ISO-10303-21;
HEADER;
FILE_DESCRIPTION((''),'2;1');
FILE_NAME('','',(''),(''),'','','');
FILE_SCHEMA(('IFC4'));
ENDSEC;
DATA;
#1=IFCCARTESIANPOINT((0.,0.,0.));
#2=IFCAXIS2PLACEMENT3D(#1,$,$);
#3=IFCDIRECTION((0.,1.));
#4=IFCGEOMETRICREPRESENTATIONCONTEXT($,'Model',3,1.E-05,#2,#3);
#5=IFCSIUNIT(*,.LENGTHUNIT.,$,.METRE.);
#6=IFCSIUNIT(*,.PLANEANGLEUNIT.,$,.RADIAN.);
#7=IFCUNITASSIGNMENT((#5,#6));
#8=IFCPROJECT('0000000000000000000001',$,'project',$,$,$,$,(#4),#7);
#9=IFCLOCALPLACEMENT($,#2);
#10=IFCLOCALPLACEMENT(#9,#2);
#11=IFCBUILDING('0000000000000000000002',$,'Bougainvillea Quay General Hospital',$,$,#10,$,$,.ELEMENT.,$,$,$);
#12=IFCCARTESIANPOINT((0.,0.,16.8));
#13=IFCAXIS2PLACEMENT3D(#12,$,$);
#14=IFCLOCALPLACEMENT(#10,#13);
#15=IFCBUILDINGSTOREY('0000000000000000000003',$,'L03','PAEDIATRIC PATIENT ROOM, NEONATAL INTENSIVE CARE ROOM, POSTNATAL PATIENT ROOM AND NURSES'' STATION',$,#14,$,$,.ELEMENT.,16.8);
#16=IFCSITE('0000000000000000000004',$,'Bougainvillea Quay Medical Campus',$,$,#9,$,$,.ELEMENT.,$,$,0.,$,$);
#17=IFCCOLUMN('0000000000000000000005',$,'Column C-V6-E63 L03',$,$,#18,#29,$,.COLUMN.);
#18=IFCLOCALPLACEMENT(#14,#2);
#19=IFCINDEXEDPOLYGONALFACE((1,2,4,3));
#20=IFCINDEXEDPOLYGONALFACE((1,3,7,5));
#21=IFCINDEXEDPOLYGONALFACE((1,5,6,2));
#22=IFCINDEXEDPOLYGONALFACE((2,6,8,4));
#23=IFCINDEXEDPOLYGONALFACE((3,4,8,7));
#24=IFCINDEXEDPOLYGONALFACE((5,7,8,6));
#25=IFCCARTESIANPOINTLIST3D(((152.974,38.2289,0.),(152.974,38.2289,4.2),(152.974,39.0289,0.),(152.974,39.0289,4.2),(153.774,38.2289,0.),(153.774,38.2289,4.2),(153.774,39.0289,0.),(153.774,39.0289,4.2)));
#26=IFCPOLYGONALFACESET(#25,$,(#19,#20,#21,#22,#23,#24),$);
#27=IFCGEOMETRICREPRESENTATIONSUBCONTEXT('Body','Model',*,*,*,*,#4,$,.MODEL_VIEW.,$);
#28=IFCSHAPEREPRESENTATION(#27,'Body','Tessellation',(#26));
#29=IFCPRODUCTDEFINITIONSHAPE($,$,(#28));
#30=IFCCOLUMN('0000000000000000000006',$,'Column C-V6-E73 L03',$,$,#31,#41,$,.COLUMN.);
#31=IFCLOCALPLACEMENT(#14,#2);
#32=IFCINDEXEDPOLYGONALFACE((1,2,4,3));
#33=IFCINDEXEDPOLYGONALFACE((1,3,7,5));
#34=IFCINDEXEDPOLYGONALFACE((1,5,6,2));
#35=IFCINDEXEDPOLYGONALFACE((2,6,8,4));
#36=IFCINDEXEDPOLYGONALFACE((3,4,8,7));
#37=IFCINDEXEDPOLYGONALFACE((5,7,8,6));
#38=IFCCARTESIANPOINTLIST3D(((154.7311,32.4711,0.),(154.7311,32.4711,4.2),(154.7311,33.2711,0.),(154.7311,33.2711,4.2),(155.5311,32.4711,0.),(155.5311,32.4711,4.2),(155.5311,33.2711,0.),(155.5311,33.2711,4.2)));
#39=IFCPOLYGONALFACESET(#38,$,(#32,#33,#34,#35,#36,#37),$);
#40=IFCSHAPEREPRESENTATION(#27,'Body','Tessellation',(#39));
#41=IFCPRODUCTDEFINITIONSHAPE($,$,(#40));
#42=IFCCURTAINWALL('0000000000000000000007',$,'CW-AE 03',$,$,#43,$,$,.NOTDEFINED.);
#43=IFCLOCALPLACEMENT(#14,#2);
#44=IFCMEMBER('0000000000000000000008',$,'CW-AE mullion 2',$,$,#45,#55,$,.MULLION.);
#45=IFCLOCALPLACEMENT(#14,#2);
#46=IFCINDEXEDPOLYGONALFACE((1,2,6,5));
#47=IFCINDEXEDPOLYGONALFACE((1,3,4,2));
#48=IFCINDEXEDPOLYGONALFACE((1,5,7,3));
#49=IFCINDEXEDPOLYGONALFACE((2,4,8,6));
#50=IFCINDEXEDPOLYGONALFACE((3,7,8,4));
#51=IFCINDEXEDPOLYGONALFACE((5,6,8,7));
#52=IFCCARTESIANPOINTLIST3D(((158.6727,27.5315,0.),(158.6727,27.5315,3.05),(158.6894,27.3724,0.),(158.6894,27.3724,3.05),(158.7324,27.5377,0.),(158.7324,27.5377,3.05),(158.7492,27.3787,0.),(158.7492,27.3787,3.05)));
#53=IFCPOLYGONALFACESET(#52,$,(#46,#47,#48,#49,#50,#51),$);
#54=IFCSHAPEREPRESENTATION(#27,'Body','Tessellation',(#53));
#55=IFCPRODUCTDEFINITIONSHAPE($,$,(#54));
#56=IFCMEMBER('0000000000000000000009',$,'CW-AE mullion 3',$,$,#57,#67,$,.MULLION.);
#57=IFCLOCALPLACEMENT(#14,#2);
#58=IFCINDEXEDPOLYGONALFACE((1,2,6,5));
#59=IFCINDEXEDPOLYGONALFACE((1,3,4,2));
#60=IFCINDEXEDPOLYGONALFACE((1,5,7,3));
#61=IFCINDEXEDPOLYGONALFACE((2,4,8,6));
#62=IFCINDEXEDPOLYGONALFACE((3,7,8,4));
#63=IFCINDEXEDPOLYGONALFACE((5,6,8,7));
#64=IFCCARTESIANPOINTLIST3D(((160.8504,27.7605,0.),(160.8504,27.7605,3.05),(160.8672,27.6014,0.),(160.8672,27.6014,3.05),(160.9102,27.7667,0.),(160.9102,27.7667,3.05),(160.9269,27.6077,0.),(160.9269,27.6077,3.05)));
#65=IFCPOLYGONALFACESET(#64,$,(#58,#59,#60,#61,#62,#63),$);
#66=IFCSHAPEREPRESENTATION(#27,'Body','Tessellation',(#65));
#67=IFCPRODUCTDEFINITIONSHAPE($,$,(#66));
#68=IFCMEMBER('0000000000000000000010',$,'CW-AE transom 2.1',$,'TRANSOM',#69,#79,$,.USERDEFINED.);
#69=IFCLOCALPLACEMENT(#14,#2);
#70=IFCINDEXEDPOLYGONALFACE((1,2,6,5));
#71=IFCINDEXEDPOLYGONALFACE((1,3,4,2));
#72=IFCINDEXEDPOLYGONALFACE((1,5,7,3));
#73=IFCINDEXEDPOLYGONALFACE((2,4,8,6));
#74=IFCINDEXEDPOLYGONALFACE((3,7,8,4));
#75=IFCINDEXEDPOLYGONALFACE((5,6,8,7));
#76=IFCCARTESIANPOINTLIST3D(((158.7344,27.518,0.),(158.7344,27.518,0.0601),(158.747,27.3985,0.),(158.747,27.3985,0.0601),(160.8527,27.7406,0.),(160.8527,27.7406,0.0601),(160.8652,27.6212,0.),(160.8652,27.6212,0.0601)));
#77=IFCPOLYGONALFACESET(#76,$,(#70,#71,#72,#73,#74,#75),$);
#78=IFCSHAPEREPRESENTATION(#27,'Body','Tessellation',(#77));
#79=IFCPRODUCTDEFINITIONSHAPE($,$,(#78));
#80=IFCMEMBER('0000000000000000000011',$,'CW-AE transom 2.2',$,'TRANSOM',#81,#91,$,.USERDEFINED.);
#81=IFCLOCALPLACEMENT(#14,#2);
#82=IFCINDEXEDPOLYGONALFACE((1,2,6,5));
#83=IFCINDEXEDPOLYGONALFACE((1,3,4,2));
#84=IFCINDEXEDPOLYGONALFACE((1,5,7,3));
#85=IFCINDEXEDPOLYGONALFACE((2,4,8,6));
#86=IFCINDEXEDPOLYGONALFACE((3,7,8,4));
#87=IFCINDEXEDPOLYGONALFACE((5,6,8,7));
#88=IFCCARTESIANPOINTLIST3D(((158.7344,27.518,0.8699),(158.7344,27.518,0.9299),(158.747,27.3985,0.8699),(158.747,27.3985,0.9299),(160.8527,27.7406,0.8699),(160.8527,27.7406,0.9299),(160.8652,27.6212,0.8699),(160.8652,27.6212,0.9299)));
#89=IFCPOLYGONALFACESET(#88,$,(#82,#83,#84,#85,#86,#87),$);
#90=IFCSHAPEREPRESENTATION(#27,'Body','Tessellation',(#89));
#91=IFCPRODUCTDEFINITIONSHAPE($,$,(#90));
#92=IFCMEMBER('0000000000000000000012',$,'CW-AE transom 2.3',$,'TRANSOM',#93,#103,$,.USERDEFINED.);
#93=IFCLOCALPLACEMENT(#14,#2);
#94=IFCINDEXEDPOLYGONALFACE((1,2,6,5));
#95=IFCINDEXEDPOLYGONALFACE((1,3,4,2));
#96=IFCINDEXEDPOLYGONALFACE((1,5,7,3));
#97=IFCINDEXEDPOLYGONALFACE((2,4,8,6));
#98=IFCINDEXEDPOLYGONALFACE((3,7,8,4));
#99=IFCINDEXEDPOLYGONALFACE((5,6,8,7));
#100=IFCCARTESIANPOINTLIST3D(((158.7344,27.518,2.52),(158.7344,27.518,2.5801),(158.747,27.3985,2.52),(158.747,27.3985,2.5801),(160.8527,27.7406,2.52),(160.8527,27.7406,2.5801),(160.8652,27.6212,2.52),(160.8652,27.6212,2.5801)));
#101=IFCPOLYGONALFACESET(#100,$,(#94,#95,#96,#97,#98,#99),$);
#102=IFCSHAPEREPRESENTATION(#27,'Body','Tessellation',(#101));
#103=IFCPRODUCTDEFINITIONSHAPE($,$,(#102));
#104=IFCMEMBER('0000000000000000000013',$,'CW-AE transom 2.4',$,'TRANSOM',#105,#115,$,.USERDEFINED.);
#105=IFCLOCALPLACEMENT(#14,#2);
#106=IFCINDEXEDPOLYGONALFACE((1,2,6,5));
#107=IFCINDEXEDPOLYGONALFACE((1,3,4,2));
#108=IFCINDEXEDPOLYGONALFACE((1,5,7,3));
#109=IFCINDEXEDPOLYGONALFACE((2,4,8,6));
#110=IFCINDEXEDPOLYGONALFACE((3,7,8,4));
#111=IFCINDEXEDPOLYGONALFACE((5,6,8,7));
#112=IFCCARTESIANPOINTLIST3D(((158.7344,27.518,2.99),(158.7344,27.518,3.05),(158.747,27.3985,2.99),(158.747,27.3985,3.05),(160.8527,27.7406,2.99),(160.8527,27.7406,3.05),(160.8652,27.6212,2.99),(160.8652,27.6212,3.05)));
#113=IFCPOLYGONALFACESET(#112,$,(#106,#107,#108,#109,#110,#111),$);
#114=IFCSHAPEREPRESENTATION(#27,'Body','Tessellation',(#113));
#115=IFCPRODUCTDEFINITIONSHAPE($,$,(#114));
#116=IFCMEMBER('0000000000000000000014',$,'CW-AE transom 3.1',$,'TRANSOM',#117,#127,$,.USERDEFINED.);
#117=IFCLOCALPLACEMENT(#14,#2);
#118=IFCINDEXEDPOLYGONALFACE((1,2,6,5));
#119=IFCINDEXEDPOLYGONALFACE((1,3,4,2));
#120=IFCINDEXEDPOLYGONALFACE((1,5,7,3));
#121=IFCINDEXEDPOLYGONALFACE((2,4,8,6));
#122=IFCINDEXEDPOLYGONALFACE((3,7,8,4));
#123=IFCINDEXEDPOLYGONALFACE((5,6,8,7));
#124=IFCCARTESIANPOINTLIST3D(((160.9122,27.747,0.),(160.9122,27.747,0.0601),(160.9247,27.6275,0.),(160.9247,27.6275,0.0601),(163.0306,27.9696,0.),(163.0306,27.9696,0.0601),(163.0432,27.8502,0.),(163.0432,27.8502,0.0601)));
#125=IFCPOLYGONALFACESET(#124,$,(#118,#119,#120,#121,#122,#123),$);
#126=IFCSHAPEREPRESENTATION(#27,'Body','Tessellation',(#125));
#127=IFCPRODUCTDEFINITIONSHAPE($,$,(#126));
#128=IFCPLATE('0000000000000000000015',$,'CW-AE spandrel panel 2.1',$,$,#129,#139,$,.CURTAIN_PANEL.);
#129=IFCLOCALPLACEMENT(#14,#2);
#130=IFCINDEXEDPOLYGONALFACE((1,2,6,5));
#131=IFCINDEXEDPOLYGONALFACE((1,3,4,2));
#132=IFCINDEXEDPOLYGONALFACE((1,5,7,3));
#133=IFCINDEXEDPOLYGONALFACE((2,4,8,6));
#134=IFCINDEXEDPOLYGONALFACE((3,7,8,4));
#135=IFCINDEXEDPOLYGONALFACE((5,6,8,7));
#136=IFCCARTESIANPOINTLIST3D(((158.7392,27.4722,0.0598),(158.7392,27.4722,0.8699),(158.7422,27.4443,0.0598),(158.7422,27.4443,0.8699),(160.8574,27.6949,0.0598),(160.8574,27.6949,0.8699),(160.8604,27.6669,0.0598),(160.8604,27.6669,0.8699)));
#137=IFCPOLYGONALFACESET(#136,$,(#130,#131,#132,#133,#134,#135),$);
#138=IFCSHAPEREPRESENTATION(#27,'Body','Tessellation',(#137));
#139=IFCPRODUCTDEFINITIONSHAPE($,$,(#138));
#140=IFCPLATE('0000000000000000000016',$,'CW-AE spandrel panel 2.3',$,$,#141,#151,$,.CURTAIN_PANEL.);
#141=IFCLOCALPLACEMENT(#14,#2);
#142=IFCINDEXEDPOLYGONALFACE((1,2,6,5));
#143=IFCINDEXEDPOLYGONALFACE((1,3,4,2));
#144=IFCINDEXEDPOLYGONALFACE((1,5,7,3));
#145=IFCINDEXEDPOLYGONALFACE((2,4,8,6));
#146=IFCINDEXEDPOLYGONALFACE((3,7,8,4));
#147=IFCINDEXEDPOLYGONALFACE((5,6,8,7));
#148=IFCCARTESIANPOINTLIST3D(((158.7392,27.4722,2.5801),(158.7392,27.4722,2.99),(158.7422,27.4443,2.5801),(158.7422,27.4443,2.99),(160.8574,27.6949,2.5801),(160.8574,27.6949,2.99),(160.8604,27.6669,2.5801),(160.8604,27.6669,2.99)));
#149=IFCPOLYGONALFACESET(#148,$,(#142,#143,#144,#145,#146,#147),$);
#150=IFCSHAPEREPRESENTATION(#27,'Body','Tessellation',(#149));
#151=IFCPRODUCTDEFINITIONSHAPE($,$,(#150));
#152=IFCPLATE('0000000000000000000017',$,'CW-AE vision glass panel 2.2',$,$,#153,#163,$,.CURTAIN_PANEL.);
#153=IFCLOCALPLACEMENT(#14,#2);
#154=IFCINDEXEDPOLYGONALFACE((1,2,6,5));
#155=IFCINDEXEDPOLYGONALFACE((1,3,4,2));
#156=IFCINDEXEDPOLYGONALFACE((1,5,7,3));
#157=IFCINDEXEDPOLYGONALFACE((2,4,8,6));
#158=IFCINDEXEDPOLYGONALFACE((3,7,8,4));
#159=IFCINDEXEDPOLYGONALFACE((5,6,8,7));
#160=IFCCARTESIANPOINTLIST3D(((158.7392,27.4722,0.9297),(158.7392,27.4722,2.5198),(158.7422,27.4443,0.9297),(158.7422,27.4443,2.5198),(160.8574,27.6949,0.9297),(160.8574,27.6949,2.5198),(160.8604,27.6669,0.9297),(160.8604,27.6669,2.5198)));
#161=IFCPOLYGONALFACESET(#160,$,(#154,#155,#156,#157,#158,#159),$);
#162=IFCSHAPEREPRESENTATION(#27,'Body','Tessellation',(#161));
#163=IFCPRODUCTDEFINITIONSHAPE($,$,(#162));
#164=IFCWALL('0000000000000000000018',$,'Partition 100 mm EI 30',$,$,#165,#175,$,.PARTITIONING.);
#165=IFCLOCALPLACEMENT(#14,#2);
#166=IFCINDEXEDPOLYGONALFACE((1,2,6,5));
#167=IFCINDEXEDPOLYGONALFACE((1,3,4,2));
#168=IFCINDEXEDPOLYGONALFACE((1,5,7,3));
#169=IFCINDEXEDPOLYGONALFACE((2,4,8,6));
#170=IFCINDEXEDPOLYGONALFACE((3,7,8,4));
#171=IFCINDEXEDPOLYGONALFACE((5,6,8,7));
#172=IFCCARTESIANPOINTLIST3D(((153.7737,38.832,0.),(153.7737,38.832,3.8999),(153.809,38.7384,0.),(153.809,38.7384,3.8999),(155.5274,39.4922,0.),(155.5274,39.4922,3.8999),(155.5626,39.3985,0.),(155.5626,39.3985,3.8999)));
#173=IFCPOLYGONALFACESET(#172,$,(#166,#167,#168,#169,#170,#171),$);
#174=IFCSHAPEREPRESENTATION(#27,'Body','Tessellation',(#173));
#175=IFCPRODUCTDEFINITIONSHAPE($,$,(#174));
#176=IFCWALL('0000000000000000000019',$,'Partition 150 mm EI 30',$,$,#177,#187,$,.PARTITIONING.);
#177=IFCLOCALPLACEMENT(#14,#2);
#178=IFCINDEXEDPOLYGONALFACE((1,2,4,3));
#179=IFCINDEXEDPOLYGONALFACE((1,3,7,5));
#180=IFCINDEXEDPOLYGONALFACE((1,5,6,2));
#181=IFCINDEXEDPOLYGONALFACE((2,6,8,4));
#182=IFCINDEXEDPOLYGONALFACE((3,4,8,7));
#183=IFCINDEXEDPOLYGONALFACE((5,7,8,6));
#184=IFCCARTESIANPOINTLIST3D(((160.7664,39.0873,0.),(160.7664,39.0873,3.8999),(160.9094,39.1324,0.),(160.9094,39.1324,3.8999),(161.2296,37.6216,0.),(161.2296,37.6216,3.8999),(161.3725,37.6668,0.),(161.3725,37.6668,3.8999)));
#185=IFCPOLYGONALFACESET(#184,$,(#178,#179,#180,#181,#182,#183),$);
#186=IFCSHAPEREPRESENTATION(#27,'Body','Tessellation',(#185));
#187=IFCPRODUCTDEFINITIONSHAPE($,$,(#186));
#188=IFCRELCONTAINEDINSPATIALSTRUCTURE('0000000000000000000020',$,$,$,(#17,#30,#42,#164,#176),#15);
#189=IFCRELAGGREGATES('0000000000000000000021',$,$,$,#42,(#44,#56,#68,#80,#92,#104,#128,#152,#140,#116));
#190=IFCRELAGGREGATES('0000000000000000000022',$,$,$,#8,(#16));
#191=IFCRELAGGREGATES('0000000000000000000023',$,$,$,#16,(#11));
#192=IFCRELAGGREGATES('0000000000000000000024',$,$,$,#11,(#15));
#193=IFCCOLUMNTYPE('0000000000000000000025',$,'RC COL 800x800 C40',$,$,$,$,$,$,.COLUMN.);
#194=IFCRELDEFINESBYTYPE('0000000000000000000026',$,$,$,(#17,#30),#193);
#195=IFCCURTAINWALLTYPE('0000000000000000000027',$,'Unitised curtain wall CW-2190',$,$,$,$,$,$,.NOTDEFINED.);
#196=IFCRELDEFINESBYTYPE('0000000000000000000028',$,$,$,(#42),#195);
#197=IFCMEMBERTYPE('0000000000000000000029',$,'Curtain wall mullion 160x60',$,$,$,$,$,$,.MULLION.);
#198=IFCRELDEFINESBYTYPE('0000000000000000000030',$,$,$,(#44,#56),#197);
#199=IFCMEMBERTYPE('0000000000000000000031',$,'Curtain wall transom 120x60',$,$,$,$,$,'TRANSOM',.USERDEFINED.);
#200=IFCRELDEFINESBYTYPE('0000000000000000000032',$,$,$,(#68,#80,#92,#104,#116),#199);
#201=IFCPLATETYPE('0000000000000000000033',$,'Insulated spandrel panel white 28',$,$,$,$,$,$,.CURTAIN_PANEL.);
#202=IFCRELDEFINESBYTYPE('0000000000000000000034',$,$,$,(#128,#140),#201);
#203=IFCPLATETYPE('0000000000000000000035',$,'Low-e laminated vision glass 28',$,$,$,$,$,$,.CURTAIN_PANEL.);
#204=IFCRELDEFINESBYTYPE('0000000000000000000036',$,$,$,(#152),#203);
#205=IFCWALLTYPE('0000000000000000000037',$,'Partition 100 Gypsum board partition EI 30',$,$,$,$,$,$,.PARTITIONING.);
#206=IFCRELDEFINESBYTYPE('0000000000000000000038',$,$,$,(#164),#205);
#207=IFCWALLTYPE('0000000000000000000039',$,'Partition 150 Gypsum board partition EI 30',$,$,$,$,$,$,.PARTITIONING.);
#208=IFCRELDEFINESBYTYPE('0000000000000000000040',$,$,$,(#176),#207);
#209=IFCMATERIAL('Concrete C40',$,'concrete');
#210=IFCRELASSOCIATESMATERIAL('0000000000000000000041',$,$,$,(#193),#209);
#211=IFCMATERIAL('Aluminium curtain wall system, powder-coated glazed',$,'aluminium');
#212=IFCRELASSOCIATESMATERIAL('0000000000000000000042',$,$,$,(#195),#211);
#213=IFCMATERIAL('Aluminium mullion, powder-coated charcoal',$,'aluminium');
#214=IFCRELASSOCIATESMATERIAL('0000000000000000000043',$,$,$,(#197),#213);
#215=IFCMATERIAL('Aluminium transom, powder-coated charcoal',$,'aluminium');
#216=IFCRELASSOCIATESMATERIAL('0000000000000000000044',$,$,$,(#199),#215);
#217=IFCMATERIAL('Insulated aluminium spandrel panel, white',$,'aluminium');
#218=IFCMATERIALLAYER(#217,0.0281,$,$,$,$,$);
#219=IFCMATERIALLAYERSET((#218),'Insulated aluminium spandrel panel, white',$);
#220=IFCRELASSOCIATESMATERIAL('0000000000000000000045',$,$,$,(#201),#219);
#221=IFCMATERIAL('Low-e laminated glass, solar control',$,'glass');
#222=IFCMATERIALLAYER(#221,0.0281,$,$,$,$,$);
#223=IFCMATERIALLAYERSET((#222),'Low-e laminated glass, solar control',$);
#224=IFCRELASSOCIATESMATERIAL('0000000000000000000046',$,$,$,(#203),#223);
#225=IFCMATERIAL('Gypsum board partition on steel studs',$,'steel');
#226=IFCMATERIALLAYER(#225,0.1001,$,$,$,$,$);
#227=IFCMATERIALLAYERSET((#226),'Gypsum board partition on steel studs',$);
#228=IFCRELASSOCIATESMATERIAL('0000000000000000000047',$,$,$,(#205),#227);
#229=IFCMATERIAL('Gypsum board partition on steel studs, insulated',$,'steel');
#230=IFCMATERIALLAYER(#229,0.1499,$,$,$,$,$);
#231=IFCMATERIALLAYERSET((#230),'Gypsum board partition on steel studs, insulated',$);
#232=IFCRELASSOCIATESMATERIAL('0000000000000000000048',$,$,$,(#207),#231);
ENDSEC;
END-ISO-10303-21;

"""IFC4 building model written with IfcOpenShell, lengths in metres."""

from ifc_helpers import new_model, si_unit, direction, frame, frame_2d, origin, origin_2d, place, context, subcontext, project, spatial, rectangle, extrude, material, layer, layer_set, material_profile, profile_set, type_object, element, aggregate, save


model = new_model("IFC4")

# Units and contexts
model_context = context("Model", 3, precision=1e-05, world=origin(), true_north=direction((0.0, 1.0)))
body_context = subcontext(model_context, "Body", "Model", "MODEL_VIEW")
ifc_project = project(units=[si_unit("LENGTHUNIT", "METRE"), si_unit("PLANEANGLEUNIT", "RADIAN")], contexts=[model_context])

# Site, building, storey
site_placement = place(None, origin())
site = spatial("IfcSite", under=ifc_project, at=site_placement, Name="Bougainvillea Quay Medical Campus", CompositionType="ELEMENT", RefElevation=0.0)
building_placement = place(site_placement, origin())
building = spatial("IfcBuilding", under=site, at=building_placement, Name="Bougainvillea Quay General Hospital", CompositionType="ELEMENT")
storey_placement = place(building_placement, frame((0.0, 0.0, 16.8)))
storey = spatial("IfcBuildingStorey", under=building, at=storey_placement, Name="L03", Description="PAEDIATRIC PATIENT ROOM, NEONATAL INTENSIVE CARE ROOM, POSTNATAL PATIENT ROOM AND NURSES' STATION", CompositionType="ELEMENT", Elevation=16.8)

# Columns
ifc_material_1 = material(Name="Concrete C40", Category="concrete")
ifc_material_profile_1 = material_profile(ifc_material_1, rectangle(XDim=0.8, YDim=0.8, at=origin_2d()))
ifc_profile_set_1 = profile_set([ifc_material_profile_1], Name="Concrete C40")
column_type = type_object("IfcColumnType", Name="RC COL 800x800 C40", PredefinedType="COLUMN", material=ifc_profile_set_1)
for number, where, z_axis, x_axis, name in (
    (1, (153.374, 38.6289, 0.0), (0.0, 0.0, 1.0), (1.0, 0.0, 0.0), "Column C-V6-E63 L03"),
    (2, (155.1311, 32.8711, 0.0), (0.0, 0.0, 1.0), (1.0, 0.0, 0.0), "Column C-V6-E73 L03"),
):
    element("IfcColumn", number, at=place(storey_placement, frame(where, z_axis=z_axis, x_axis=x_axis)), inside=storey, type_object=column_type, Name=name, PredefinedType="COLUMN", context=body_context, shape_type="SweptSolid", body=[
        extrude(rectangle(XDim=0.8, YDim=0.8, at=origin_2d()), origin(), (0.0, 0.0, 1.0), 4.2),
    ])

# Curtain wall, members, plates
ifc_material_2 = material(Name="Aluminium curtain wall system, powder-coated glazed", Category="aluminium")
curtain_wall_type = type_object("IfcCurtainWallType", Name="Unitised curtain wall CW-2190", PredefinedType="NOTDEFINED", material=ifc_material_2)
curtain_wall_placement = place(storey_placement, origin())
curtain_wall = element("IfcCurtainWall", 3, at=curtain_wall_placement, inside=storey, type_object=curtain_wall_type, Name="CW-AE 03", PredefinedType="NOTDEFINED")
ifc_material_3 = material(Name="Aluminium mullion, powder-coated charcoal", Category="aluminium")
ifc_material_profile_2 = material_profile(ifc_material_3, rectangle(XDim=0.1599, YDim=0.0601, at=origin_2d()))
ifc_profile_set_2 = profile_set([ifc_material_profile_2], Name="Aluminium mullion, powder-coated charcoal")
member_type_1 = type_object("IfcMemberType", Name="Curtain wall mullion 160x60", PredefinedType="MULLION", material=ifc_profile_set_2)
member_1_placement = place(storey_placement, frame((158.7109, 27.4551, 0.0), z_axis=(0.0, 0.0, 1.0), x_axis=(-0.104527, 0.994522, 0.0)))
member_1 = element("IfcMember", 4, at=member_1_placement, type_object=member_type_1, Name="CW-AE mullion 2", PredefinedType="MULLION", context=body_context, shape_type="SweptSolid", body=[
    extrude(rectangle(XDim=0.1599, YDim=0.0601, at=origin_2d()), origin(), (0.0, 0.0, 1.0), 3.05),
])
member_2_placement = place(storey_placement, frame((160.8887, 27.6841, 0.0), z_axis=(0.0, 0.0, 1.0), x_axis=(-0.104527, 0.994522, 0.0)))
member_2 = element("IfcMember", 5, at=member_2_placement, type_object=member_type_1, Name="CW-AE mullion 3", PredefinedType="MULLION", context=body_context, shape_type="SweptSolid", body=[
    extrude(rectangle(XDim=0.1599, YDim=0.0601, at=origin_2d()), origin(), (0.0, 0.0, 1.0), 3.05),
])
ifc_material_4 = material(Name="Aluminium transom, powder-coated charcoal", Category="aluminium")
ifc_material_profile_3 = material_profile(ifc_material_4, rectangle(XDim=0.1201, YDim=0.0601, at=origin_2d()))
ifc_profile_set_3 = profile_set([ifc_material_profile_3], Name="Aluminium transom, powder-coated charcoal")
member_type_2 = type_object("IfcMemberType", Name="Curtain wall transom 120x60", ElementType="TRANSOM", PredefinedType="USERDEFINED", material=ifc_profile_set_3)
member_3_placement = place(storey_placement, frame((158.7407, 27.4583, 0.03), z_axis=(0.994521, 0.104542, 0.0), x_axis=(-0.104542, 0.994521, 0.0)))
member_3 = element("IfcMember", 6, at=member_3_placement, type_object=member_type_2, Name="CW-AE transom 2.1", ObjectType="TRANSOM", PredefinedType="USERDEFINED", context=body_context, shape_type="SweptSolid", body=[
    extrude(rectangle(XDim=0.1201, YDim=0.0601, at=origin_2d()), origin(), (0.0, 0.0, 1.0), 2.1299),
])
member_4_placement = place(storey_placement, frame((158.7407, 27.4583, 0.8999), z_axis=(0.994521, 0.104542, 0.0), x_axis=(-0.104542, 0.994521, 0.0)))
member_4 = element("IfcMember", 7, at=member_4_placement, type_object=member_type_2, Name="CW-AE transom 2.2", ObjectType="TRANSOM", PredefinedType="USERDEFINED", context=body_context, shape_type="SweptSolid", body=[
    extrude(rectangle(XDim=0.1201, YDim=0.0601, at=origin_2d()), origin(), (0.0, 0.0, 1.0), 2.1299),
])
member_5_placement = place(storey_placement, frame((158.7407, 27.4583, 2.55), z_axis=(0.994521, 0.104542, 0.0), x_axis=(-0.104542, 0.994521, 0.0)))
member_5 = element("IfcMember", 8, at=member_5_placement, type_object=member_type_2, Name="CW-AE transom 2.3", ObjectType="TRANSOM", PredefinedType="USERDEFINED", context=body_context, shape_type="SweptSolid", body=[
    extrude(rectangle(XDim=0.1201, YDim=0.0601, at=origin_2d()), origin(), (0.0, 0.0, 1.0), 2.1299),
])
member_6_placement = place(storey_placement, frame((158.7407, 27.4583, 3.02), z_axis=(0.994521, 0.104542, 0.0), x_axis=(-0.104542, 0.994521, 0.0)))
member_6 = element("IfcMember", 9, at=member_6_placement, type_object=member_type_2, Name="CW-AE transom 2.4", ObjectType="TRANSOM", PredefinedType="USERDEFINED", context=body_context, shape_type="SweptSolid", body=[
    extrude(rectangle(XDim=0.1201, YDim=0.0601, at=origin_2d()), origin(), (0.0, 0.0, 1.0), 2.1299),
])
member_7_placement = place(storey_placement, frame((160.9185, 27.6873, 0.03), z_axis=(0.994522, 0.10453, 0.0), x_axis=(-0.10453, 0.994522, 0.0)))
member_7 = element("IfcMember", 10, at=member_7_placement, type_object=member_type_2, Name="CW-AE transom 3.1", ObjectType="TRANSOM", PredefinedType="USERDEFINED", context=body_context, shape_type="SweptSolid", body=[
    extrude(rectangle(XDim=0.1201, YDim=0.0601, at=origin_2d()), origin(), (0.0, 0.0, 1.0), 2.1301),
])
ifc_material_5 = material(Name="Insulated aluminium spandrel panel, white", Category="aluminium")
ifc_layer_1 = layer(ifc_material_5, 0.0281)
ifc_layer_set_1 = layer_set([ifc_layer_1], Name="Insulated aluminium spandrel panel, white")
plate_type_1 = type_object("IfcPlateType", Name="Insulated spandrel panel white 28", PredefinedType="CURTAIN_PANEL", material=ifc_layer_set_1)
plate_1_placement = place(storey_placement, frame((159.7998, 27.5696, 0.0598), z_axis=(0.0, 0.0, 1.0), x_axis=(0.994522, 0.104527, 0.0)))
plate_1 = element("IfcPlate", 11, at=plate_1_placement, type_object=plate_type_1, Name="CW-AE spandrel panel 2.1", PredefinedType="CURTAIN_PANEL", context=body_context, shape_type="SweptSolid", body=[
    extrude(rectangle(XDim=2.1299, YDim=0.0281, at=origin_2d()), origin(), (0.0, 0.0, 1.0), 0.8101),
])
plate_2_placement = place(storey_placement, frame((159.7998, 27.5696, 2.5801), z_axis=(0.0, 0.0, 1.0), x_axis=(0.994522, 0.104527, 0.0)))
plate_2 = element("IfcPlate", 12, at=plate_2_placement, type_object=plate_type_1, Name="CW-AE spandrel panel 2.3", PredefinedType="CURTAIN_PANEL", context=body_context, shape_type="SweptSolid", body=[
    extrude(rectangle(XDim=2.1299, YDim=0.0281, at=origin_2d()), origin(), (0.0, 0.0, 1.0), 0.4099),
])
ifc_material_6 = material(Name="Low-e laminated glass, solar control", Category="glass")
ifc_layer_2 = layer(ifc_material_6, 0.0281)
ifc_layer_set_2 = layer_set([ifc_layer_2], Name="Low-e laminated glass, solar control")
plate_type_2 = type_object("IfcPlateType", Name="Low-e laminated vision glass 28", PredefinedType="CURTAIN_PANEL", material=ifc_layer_set_2)
plate_3_placement = place(storey_placement, frame((159.7998, 27.5696, 0.9297), z_axis=(0.0, 0.0, 1.0), x_axis=(0.994522, 0.104527, 0.0)))
plate_3 = element("IfcPlate", 13, at=plate_3_placement, type_object=plate_type_2, Name="CW-AE vision glass panel 2.2", PredefinedType="CURTAIN_PANEL", context=body_context, shape_type="SweptSolid", body=[
    extrude(rectangle(XDim=2.1299, YDim=0.0281, at=origin_2d()), origin(), (0.0, 0.0, 1.0), 1.5901),
])
aggregate(curtain_wall, [member_1, member_2, member_3, member_4, member_5, member_6, plate_1, plate_3, plate_2, member_7])

# Walls
ifc_material_7 = material(Name="Gypsum board partition on steel studs", Category="steel")
ifc_layer_3 = layer(ifc_material_7, 0.1001)
ifc_layer_set_3 = layer_set([ifc_layer_3], Name="Gypsum board partition on steel studs")
wall_type_1 = type_object("IfcWallType", Name="Partition 100 Gypsum board partition EI 30", PredefinedType="PARTITIONING", material=ifc_layer_set_3)
wall_1_placement = place(storey_placement, frame((153.7913, 38.7852, 0.0), z_axis=(0.0, 0.0, 1.0), x_axis=(0.935884, 0.352308, 0.0)))
element("IfcWall", 14, at=wall_1_placement, inside=storey, type_object=wall_type_1, Name="Partition 100 mm EI 30", PredefinedType="PARTITIONING", context=body_context, shape_type="SweptSolid", body=[
    extrude(rectangle(XDim=1.8738, YDim=0.1001, at=frame_2d((0.937, 0.0))), origin(), (0.0, 0.0, 1.0), 3.8999),
])
ifc_material_8 = material(Name="Gypsum board partition on steel studs, insulated", Category="steel")
ifc_layer_4 = layer(ifc_material_8, 0.1499)
ifc_layer_set_4 = layer_set([ifc_layer_4], Name="Gypsum board partition on steel studs, insulated")
wall_type_2 = type_object("IfcWallType", Name="Partition 150 Gypsum board partition EI 30", PredefinedType="PARTITIONING", material=ifc_layer_set_4)
wall_2_placement = place(storey_placement, frame((160.8379, 39.1099, 0.0), z_axis=(0.0, 0.0, 1.0), x_axis=(0.301321, -0.953523, 0.0)))
element("IfcWall", 15, at=wall_2_placement, inside=storey, type_object=wall_type_2, Name="Partition 150 mm EI 30", PredefinedType="PARTITIONING", context=body_context, shape_type="SweptSolid", body=[
    extrude(rectangle(XDim=1.5371, YDim=0.1499, at=frame_2d((0.7686, 0.0))), origin(), (0.0, 0.0, 1.0), 3.8999),
])

save(model, "model.ifc")
